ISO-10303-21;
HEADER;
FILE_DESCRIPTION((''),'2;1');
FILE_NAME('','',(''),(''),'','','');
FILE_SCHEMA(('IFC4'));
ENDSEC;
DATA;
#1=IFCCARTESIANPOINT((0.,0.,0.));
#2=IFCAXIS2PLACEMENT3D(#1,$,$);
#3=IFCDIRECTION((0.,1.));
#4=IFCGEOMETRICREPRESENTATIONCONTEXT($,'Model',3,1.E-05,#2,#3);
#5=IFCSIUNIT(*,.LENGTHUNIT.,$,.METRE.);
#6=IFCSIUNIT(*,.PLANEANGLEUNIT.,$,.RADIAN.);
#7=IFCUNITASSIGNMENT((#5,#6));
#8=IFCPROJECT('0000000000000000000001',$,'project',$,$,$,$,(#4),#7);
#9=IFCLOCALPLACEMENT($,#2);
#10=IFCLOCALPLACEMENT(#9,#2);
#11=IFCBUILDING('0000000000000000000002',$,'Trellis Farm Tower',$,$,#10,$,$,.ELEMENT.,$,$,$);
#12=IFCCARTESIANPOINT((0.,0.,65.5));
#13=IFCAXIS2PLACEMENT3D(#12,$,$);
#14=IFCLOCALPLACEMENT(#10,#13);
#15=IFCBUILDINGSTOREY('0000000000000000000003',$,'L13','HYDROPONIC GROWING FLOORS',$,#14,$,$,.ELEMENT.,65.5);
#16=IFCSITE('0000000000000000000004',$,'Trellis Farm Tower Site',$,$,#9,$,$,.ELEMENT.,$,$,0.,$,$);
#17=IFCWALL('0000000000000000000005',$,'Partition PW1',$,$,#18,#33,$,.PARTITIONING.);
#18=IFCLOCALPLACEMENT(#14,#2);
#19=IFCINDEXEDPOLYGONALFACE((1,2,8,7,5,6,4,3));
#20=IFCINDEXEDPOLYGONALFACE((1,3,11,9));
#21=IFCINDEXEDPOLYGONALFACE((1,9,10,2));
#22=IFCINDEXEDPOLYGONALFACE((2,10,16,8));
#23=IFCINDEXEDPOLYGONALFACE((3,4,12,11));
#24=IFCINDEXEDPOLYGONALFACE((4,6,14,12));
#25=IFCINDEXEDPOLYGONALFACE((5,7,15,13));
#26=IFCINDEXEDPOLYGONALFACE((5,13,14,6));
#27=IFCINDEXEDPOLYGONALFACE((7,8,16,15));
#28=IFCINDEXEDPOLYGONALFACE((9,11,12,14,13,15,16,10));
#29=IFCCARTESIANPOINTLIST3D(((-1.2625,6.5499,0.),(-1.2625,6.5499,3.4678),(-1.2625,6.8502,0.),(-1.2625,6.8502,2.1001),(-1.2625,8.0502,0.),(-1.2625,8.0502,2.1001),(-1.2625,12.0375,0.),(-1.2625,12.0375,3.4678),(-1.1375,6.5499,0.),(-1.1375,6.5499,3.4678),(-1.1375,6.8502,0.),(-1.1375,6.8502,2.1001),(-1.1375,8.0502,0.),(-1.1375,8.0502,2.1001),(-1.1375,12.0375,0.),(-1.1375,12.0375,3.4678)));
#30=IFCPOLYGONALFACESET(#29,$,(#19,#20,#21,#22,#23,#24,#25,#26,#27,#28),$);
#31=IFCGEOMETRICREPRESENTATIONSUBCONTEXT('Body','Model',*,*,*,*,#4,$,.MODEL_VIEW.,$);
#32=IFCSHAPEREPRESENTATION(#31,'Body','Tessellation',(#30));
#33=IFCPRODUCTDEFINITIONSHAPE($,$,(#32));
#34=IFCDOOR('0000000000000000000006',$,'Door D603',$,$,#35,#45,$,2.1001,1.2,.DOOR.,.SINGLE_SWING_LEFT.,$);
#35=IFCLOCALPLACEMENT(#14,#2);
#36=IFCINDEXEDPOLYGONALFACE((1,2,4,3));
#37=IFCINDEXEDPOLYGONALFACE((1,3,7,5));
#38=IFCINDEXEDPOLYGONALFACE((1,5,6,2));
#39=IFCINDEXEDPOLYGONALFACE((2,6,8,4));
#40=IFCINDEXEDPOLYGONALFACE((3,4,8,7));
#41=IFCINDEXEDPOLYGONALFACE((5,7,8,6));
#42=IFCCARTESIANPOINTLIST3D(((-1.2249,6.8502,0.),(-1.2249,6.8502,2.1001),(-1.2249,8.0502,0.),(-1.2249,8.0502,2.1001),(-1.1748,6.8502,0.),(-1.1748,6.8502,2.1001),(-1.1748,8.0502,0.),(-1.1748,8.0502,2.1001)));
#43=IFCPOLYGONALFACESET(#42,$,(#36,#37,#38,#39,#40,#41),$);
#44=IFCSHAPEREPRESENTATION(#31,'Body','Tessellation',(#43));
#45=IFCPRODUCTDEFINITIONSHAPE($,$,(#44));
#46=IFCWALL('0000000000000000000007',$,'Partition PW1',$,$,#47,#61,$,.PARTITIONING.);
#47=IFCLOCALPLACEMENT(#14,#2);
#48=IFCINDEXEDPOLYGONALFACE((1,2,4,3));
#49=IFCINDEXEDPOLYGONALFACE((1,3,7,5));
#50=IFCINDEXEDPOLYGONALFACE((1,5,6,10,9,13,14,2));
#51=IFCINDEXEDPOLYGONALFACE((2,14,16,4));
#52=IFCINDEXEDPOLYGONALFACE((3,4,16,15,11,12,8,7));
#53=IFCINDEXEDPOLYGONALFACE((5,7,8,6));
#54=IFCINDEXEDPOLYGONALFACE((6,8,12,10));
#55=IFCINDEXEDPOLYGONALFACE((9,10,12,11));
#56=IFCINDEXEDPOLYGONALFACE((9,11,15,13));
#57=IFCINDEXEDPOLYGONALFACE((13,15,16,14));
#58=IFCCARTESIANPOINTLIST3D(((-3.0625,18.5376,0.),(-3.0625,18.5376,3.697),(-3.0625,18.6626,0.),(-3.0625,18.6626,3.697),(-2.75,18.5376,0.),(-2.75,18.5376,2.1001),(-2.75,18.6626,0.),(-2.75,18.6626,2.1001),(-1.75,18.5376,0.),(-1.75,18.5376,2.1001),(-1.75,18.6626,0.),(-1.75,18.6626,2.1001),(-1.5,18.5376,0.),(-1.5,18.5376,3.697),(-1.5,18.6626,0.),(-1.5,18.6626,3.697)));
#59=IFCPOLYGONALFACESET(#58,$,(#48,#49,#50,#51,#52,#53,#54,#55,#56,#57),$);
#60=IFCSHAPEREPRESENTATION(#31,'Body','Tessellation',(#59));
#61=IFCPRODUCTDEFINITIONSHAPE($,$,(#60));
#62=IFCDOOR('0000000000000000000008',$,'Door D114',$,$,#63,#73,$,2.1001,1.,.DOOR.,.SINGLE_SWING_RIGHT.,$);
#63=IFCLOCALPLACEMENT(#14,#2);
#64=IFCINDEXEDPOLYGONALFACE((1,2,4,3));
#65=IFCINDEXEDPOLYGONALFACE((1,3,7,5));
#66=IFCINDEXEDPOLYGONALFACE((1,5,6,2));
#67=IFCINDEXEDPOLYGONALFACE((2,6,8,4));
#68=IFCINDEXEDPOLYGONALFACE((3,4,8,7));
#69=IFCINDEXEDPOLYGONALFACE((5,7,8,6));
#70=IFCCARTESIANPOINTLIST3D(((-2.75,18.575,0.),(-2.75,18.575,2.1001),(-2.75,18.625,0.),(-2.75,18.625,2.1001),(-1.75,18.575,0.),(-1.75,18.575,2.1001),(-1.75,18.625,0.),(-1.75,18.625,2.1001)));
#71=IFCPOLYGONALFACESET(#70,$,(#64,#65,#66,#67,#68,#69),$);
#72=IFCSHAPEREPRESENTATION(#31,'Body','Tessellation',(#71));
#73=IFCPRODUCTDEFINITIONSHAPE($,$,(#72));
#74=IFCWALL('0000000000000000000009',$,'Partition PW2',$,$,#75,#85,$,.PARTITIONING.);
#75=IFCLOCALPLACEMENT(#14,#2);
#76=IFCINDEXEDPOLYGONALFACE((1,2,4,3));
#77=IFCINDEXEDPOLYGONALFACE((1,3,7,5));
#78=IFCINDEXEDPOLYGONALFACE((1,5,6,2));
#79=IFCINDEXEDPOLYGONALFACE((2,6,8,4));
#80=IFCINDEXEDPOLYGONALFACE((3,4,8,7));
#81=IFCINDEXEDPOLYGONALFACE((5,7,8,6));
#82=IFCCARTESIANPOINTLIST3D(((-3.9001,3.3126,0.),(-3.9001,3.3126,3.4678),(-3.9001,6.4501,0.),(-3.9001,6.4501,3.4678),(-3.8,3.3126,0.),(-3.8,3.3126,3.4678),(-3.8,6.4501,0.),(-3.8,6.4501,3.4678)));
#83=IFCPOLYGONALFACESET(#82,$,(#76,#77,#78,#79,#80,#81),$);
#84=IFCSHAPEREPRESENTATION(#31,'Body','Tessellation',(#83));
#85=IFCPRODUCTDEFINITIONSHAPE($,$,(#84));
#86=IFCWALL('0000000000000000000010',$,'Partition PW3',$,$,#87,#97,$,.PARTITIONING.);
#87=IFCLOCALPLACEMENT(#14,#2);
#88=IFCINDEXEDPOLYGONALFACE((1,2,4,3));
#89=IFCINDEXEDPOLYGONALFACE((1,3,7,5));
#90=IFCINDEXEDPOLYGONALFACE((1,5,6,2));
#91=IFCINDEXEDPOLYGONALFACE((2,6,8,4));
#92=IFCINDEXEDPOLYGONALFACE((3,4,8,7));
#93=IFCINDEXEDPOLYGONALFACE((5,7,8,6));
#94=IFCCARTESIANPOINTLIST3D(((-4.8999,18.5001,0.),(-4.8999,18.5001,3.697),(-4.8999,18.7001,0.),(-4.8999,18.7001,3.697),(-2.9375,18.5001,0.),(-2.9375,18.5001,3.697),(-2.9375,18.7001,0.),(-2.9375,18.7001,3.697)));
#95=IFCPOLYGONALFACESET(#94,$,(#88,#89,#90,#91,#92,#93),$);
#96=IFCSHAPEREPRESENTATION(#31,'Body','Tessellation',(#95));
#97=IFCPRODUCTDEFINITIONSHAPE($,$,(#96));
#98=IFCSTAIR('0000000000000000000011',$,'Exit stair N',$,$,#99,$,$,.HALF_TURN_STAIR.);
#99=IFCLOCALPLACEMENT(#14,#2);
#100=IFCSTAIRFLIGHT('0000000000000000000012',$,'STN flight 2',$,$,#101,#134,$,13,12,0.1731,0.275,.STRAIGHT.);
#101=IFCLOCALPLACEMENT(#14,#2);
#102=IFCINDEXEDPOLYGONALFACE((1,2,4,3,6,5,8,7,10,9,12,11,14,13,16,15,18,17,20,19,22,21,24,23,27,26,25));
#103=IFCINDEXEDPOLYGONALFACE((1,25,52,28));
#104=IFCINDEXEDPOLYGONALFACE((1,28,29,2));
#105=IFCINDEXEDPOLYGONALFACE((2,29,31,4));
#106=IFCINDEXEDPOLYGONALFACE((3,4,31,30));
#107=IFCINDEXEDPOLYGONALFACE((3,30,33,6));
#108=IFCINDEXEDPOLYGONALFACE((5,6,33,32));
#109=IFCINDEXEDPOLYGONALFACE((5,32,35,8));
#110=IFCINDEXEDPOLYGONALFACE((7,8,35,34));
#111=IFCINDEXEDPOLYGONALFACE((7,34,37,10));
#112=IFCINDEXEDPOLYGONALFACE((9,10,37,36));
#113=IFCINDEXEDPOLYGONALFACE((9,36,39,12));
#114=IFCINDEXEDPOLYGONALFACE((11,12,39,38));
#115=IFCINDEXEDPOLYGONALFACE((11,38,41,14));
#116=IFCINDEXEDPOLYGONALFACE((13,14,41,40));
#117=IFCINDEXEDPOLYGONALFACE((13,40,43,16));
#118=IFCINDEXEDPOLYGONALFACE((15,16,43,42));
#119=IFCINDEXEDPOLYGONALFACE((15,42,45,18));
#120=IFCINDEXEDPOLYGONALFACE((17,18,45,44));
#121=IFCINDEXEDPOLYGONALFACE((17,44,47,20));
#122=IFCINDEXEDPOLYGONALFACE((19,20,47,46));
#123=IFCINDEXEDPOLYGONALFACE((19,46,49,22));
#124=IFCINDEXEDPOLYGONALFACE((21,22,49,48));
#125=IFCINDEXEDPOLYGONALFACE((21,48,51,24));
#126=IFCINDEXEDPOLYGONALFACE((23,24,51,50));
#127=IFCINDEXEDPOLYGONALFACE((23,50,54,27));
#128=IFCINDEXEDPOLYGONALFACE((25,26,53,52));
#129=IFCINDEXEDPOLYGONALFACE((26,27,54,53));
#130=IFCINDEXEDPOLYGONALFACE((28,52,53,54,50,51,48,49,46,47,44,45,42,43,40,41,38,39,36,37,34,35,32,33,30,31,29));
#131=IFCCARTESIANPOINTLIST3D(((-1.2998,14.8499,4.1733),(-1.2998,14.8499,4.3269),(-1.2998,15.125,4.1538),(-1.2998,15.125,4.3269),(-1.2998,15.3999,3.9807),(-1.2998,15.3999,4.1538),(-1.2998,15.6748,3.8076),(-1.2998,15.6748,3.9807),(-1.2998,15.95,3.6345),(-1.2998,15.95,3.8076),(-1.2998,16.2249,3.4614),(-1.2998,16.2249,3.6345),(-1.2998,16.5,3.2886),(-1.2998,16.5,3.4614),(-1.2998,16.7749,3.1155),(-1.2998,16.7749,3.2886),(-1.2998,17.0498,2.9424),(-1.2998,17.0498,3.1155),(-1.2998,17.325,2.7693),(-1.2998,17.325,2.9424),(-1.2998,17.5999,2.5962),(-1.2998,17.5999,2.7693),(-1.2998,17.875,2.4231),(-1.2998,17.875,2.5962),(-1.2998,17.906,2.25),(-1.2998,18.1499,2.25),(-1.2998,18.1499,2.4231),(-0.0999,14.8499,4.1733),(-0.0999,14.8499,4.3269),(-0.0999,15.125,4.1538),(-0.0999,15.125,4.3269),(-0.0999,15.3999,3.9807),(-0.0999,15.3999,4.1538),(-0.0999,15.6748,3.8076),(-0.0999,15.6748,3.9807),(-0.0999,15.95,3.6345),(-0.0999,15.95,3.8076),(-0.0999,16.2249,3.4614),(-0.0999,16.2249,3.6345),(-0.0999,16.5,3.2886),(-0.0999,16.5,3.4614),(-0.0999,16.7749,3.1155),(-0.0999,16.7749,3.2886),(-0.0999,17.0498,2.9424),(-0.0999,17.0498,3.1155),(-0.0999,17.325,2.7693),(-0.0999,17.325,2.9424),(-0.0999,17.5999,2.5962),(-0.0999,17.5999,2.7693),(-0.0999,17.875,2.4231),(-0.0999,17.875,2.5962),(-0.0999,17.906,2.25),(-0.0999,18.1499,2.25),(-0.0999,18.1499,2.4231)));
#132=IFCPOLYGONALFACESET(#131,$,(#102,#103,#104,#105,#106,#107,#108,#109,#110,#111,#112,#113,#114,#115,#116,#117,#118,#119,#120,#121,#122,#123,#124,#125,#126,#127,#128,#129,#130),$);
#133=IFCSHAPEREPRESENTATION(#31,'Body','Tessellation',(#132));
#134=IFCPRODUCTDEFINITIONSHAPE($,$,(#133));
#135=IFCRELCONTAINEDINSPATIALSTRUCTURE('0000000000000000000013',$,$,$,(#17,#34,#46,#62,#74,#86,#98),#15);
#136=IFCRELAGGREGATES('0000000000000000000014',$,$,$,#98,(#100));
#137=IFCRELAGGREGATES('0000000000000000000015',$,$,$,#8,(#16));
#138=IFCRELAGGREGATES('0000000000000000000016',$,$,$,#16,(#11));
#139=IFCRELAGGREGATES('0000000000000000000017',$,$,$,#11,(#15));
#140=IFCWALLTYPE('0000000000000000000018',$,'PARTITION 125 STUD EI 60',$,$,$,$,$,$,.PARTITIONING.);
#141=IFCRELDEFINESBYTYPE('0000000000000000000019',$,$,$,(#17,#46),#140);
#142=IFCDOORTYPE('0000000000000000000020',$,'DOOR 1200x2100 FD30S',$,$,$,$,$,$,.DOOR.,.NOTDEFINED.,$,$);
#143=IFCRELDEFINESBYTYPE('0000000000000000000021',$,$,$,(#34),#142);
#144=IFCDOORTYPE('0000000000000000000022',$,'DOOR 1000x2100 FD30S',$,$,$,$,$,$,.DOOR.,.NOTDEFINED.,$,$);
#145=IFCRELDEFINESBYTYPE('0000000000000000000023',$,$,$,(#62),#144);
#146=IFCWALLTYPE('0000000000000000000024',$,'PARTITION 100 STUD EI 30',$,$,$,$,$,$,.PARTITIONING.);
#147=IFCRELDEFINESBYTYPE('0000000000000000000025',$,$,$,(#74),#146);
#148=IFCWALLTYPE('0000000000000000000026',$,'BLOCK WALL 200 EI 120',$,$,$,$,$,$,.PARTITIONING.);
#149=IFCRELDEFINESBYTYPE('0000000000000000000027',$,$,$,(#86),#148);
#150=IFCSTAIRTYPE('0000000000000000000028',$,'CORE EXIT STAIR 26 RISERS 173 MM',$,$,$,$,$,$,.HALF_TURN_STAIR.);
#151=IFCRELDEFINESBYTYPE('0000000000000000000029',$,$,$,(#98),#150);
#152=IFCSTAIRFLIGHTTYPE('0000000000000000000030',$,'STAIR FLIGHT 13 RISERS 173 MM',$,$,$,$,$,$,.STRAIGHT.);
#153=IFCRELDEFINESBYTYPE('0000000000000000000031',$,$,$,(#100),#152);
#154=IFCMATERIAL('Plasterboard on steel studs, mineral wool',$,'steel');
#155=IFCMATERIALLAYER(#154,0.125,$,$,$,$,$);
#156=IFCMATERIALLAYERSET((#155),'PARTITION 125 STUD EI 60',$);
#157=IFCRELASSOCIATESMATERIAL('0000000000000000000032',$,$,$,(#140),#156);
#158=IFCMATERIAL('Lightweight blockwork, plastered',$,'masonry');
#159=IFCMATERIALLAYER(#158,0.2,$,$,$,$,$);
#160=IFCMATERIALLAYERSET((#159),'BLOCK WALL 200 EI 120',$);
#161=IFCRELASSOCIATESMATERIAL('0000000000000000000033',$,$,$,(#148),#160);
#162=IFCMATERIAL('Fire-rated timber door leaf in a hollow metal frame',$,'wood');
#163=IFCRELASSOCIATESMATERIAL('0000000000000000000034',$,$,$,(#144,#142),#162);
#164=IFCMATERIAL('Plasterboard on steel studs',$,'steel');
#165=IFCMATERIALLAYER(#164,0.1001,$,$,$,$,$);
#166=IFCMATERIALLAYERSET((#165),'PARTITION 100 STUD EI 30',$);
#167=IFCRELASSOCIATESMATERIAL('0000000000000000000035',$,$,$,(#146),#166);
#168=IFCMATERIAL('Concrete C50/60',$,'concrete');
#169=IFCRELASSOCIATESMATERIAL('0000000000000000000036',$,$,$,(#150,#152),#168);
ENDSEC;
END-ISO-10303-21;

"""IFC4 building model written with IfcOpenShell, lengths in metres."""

from ifc_helpers import new_model, si_unit, direction, frame, frame_2d, origin, place, context, subcontext, project, spatial, polyline, rectangle, outline, extrude, source, transform, mapped, material, layer, layer_set, type_object, element, fill, aggregate, save


model = new_model("IFC4")

# Units and contexts
model_context = context("Model", 3, precision=1e-05, world=origin(), true_north=direction((0.0, 1.0)))
body_context = subcontext(model_context, "Body", "Model", "MODEL_VIEW")
ifc_project = project(units=[si_unit("LENGTHUNIT", "METRE"), si_unit("PLANEANGLEUNIT", "RADIAN")], contexts=[model_context])

# Site, building, storey
site_placement = place(None, origin())
site = spatial("IfcSite", under=ifc_project, at=site_placement, Name="Trellis Farm Tower Site", CompositionType="ELEMENT", RefElevation=0.0)
building_placement = place(site_placement, origin())
building = spatial("IfcBuilding", under=site, at=building_placement, Name="Trellis Farm Tower", CompositionType="ELEMENT")
storey_placement = place(building_placement, frame((0.0, 0.0, 65.5)))
storey = spatial("IfcBuildingStorey", under=building, at=storey_placement, Name="L13", Description="HYDROPONIC GROWING FLOORS", CompositionType="ELEMENT", Elevation=65.5)

# Shared definitions
placement = place(storey_placement, origin())

# Shared definitions
shared_shape_1 = source(origin(), body_context, "Body", "SweptSolid", [
    extrude(rectangle(XDim=1.2, YDim=2.1001, at=frame_2d((0.6001, 1.05))), frame((0.0, 0.0249, 0.0), z_axis=(0.0, -1.0, 0.0), x_axis=(1.0, 0.0, 0.0)), (0.0, 0.0, 1.0), 0.05),
])

# Shared definitions
ifc_material_1 = material(Name="Plasterboard on steel studs, mineral wool", Category="steel")
ifc_layer_1 = layer(ifc_material_1, 0.125)
ifc_layer_set_1 = layer_set([ifc_layer_1], Name="PARTITION 125 STUD EI 60")
wall_type_1 = type_object("IfcWallType", Name="PARTITION 125 STUD EI 60", PredefinedType="PARTITIONING", material=ifc_layer_set_1)
ifc_material_2 = material(Name="Lightweight blockwork, plastered", Category="masonry")
ifc_layer_2 = layer(ifc_material_2, 0.2)
ifc_layer_set_2 = layer_set([ifc_layer_2], Name="BLOCK WALL 200 EI 120")
wall_type_2 = type_object("IfcWallType", Name="BLOCK WALL 200 EI 120", PredefinedType="PARTITIONING", material=ifc_layer_set_2)

# Walls, openings, doors
shared_shape_2 = source(origin(), body_context, "Body", "SweptSolid", [
    extrude(rectangle(XDim=1.0, YDim=2.1001, at=frame_2d((0.5, 1.05))), frame((0.0, 0.0725, 0.0), z_axis=(0.0, -1.0, 0.0), x_axis=(1.0, 0.0, 0.0)), (0.0, 0.0, 1.0), 0.145),
])
ifc_material_3 = material(Name="Fire-rated timber door leaf in a hollow metal frame", Category="wood")
door_type_1 = type_object("IfcDoorType", Name="DOOR 1000x2100 FD30S", OperationType="NOTDEFINED", PredefinedType="DOOR", material=ifc_material_3)
shared_shape_3 = source(origin(), body_context, "Body", "SweptSolid", [
    extrude(rectangle(XDim=1.0, YDim=2.1001, at=frame_2d((0.5, 1.05))), frame((0.0, 0.0249, 0.0), z_axis=(0.0, -1.0, 0.0), x_axis=(1.0, 0.0, 0.0)), (0.0, 0.0, 1.0), 0.05),
])
shared_shape_4 = source(origin(), body_context, "Body", "SweptSolid", [
    extrude(rectangle(XDim=5.4875, YDim=0.125, at=frame_2d((2.7437, 0.0))), origin(), (0.0, 0.0, 1.0), 3.4678),
])
wall_1_placement = place(storey_placement, frame((-1.2, 6.55, 0.0), z_axis=(0.0, 0.0, 1.0), x_axis=(0.0, 1.0, 0.0)))
wall_1 = element("IfcWall", 1, at=wall_1_placement, inside=storey, type_object=wall_type_1, Name="Partition PW1", PredefinedType="PARTITIONING", context=body_context, shape_type="MappedRepresentation", body=[
    mapped(shared_shape_4, transform((0.0, 0.0, 0.0))),
])
shared_shape_5 = source(origin(), body_context, "Body", "SweptSolid", [
    extrude(rectangle(XDim=1.2, YDim=2.1001, at=frame_2d((0.6001, 1.05))), frame((0.0, 0.0725, 0.0), z_axis=(0.0, -1.0, 0.0), x_axis=(1.0, 0.0, 0.0)), (0.0, 0.0, 1.0), 0.145),
])
opening_1_placement = place(wall_1_placement, frame((0.3, 0.0, 0.0)))
opening_1 = element("IfcOpeningElement", 2, at=opening_1_placement, cuts=wall_1, PredefinedType="OPENING", context=body_context, shape_type="MappedRepresentation", body=[
    mapped(shared_shape_5, transform((0.0, 0.0, 0.0))),
])
door_type_2 = type_object("IfcDoorType", Name="DOOR 1200x2100 FD30S", OperationType="NOTDEFINED", PredefinedType="DOOR", material=ifc_material_3)
door_1_placement = place(opening_1_placement, origin())
door_1 = element("IfcDoor", 3, at=door_1_placement, inside=storey, type_object=door_type_2, Name="Door D603", OperationType="SINGLE_SWING_LEFT", OverallHeight=2.1001, OverallWidth=1.2, PredefinedType="DOOR", context=body_context, shape_type="MappedRepresentation", body=[
    mapped(shared_shape_1, transform((0.0, 0.0, 0.0))),
])
fill(opening_1, door_1)
shared_shape_6 = source(origin(), body_context, "Body", "SweptSolid", [
    extrude(rectangle(XDim=1.5625, YDim=0.125, at=frame_2d((0.7812, 0.0))), origin(), (0.0, 0.0, 1.0), 3.697),
])
wall_2_placement = place(storey_placement, frame((-3.0625, 18.6001, 0.0), z_axis=(0.0, 0.0, 1.0), x_axis=(1.0, 0.0, 0.0)))
wall_2 = element("IfcWall", 4, at=wall_2_placement, inside=storey, type_object=wall_type_1, Name="Partition PW1", PredefinedType="PARTITIONING", context=body_context, shape_type="MappedRepresentation", body=[
    mapped(shared_shape_6, transform((0.0, 0.0, 0.0))),
])
opening_2_placement = place(wall_2_placement, frame((0.3125, 0.0, 0.0)))
opening_2 = element("IfcOpeningElement", 5, at=opening_2_placement, cuts=wall_2, PredefinedType="OPENING", context=body_context, shape_type="MappedRepresentation", body=[
    mapped(shared_shape_2, transform((0.0, 0.0, 0.0))),
])
door_2_placement = place(opening_2_placement, origin())
door_2 = element("IfcDoor", 6, at=door_2_placement, inside=storey, type_object=door_type_1, Name="Door D114", OperationType="SINGLE_SWING_RIGHT", OverallHeight=2.1001, OverallWidth=1.0, PredefinedType="DOOR", context=body_context, shape_type="MappedRepresentation", body=[
    mapped(shared_shape_3, transform((0.0, 0.0, 0.0))),
])
fill(opening_2, door_2)

# Walls
ifc_material_4 = material(Name="Plasterboard on steel studs", Category="steel")
ifc_layer_3 = layer(ifc_material_4, 0.1001)
ifc_layer_set_3 = layer_set([ifc_layer_3], Name="PARTITION 100 STUD EI 30")
wall_type_3 = type_object("IfcWallType", Name="PARTITION 100 STUD EI 30", PredefinedType="PARTITIONING", material=ifc_layer_set_3)
shared_shape_7 = source(origin(), body_context, "Body", "SweptSolid", [
    extrude(rectangle(XDim=3.1375, YDim=0.1001, at=frame_2d((1.5688, 0.0))), origin(), (0.0, 0.0, 1.0), 3.4678),
])
wall_3_placement = place(storey_placement, frame((-3.8501, 3.3125, 0.0), z_axis=(0.0, 0.0, 1.0), x_axis=(0.0, 1.0, 0.0)))
element("IfcWall", 7, at=wall_3_placement, inside=storey, type_object=wall_type_3, Name="Partition PW2", PredefinedType="PARTITIONING", context=body_context, shape_type="MappedRepresentation", body=[
    mapped(shared_shape_7, transform((0.0, 0.0, 0.0))),
])
shared_shape_8 = source(origin(), body_context, "Body", "SweptSolid", [
    extrude(rectangle(XDim=1.9624, YDim=0.2, at=frame_2d((0.9812, 0.0))), origin(), (0.0, 0.0, 1.0), 3.697),
])
wall_4_placement = place(storey_placement, frame((-4.8999, 18.6001, 0.0), z_axis=(0.0, 0.0, 1.0), x_axis=(1.0, 0.0, 0.0)))
element("IfcWall", 8, at=wall_4_placement, inside=storey, type_object=wall_type_2, Name="Partition PW3", PredefinedType="PARTITIONING", context=body_context, shape_type="MappedRepresentation", body=[
    mapped(shared_shape_8, transform((0.0, 0.0, 0.0))),
])

# Stair, stair flight
ifc_material_5 = material(Name="Concrete C50/60", Category="concrete")
stair_type = type_object("IfcStairType", Name="CORE EXIT STAIR 26 RISERS 173 MM", PredefinedType="HALF_TURN_STAIR", material=ifc_material_5)
stair = element("IfcStair", 9, at=placement, inside=storey, type_object=stair_type, Name="Exit stair N", PredefinedType="HALF_TURN_STAIR")
stair_flight_type = type_object("IfcStairFlightType", Name="STAIR FLIGHT 13 RISERS 173 MM", PredefinedType="STRAIGHT", material=ifc_material_5)
shared_shape_9 = source(origin(), body_context, "Body", "SweptSolid", [
    extrude(outline(polyline([(0.0, 0.0), (0.0, 0.1731), (0.2749, 0.1731), (0.2749, 0.3462), (0.55, 0.3462), (0.55, 0.5193), (0.825, 0.5193), (0.825, 0.6924), (1.1001, 0.6924), (1.1001, 0.8655), (1.375, 0.8655), (1.375, 1.0386), (1.6499, 1.0386), (1.6499, 1.2114), (1.925, 1.2114), (1.925, 1.3845), (2.2, 1.3845), (2.2, 1.5576), (2.4751, 1.5576), (2.4751, 1.7307), (2.75, 1.7307), (2.75, 1.9038), (3.0249, 1.9038), (3.0249, 2.0769), (3.3, 2.0769), (3.3, 2.25), (3.3, 1.9233), (0.2439, 0.0), (0.0, 0.0)])), frame((0.0, 0.6001, 0.0), z_axis=(0.0, -1.0, 0.0), x_axis=(1.0, 0.0, 0.0)), (0.0, 0.0, 1.0), 1.2),
])
stair_flight_placement = place(storey_placement, frame((-0.7, 18.1499, 2.25), z_axis=(0.0, 0.0, 1.0), x_axis=(0.0, -1.0, 0.0)))
stair_flight = element("IfcStairFlight", 10, at=stair_flight_placement, type_object=stair_flight_type, Name="STN flight 2", NumberOfRisers=13, NumberOfTreads=12, PredefinedType="STRAIGHT", RiserHeight=0.1731, TreadLength=0.275, context=body_context, shape_type="MappedRepresentation", body=[
    mapped(shared_shape_9, transform((0.0, 0.0, 0.0))),
])
aggregate(stair, [stair_flight])

save(model, "model.ifc")
